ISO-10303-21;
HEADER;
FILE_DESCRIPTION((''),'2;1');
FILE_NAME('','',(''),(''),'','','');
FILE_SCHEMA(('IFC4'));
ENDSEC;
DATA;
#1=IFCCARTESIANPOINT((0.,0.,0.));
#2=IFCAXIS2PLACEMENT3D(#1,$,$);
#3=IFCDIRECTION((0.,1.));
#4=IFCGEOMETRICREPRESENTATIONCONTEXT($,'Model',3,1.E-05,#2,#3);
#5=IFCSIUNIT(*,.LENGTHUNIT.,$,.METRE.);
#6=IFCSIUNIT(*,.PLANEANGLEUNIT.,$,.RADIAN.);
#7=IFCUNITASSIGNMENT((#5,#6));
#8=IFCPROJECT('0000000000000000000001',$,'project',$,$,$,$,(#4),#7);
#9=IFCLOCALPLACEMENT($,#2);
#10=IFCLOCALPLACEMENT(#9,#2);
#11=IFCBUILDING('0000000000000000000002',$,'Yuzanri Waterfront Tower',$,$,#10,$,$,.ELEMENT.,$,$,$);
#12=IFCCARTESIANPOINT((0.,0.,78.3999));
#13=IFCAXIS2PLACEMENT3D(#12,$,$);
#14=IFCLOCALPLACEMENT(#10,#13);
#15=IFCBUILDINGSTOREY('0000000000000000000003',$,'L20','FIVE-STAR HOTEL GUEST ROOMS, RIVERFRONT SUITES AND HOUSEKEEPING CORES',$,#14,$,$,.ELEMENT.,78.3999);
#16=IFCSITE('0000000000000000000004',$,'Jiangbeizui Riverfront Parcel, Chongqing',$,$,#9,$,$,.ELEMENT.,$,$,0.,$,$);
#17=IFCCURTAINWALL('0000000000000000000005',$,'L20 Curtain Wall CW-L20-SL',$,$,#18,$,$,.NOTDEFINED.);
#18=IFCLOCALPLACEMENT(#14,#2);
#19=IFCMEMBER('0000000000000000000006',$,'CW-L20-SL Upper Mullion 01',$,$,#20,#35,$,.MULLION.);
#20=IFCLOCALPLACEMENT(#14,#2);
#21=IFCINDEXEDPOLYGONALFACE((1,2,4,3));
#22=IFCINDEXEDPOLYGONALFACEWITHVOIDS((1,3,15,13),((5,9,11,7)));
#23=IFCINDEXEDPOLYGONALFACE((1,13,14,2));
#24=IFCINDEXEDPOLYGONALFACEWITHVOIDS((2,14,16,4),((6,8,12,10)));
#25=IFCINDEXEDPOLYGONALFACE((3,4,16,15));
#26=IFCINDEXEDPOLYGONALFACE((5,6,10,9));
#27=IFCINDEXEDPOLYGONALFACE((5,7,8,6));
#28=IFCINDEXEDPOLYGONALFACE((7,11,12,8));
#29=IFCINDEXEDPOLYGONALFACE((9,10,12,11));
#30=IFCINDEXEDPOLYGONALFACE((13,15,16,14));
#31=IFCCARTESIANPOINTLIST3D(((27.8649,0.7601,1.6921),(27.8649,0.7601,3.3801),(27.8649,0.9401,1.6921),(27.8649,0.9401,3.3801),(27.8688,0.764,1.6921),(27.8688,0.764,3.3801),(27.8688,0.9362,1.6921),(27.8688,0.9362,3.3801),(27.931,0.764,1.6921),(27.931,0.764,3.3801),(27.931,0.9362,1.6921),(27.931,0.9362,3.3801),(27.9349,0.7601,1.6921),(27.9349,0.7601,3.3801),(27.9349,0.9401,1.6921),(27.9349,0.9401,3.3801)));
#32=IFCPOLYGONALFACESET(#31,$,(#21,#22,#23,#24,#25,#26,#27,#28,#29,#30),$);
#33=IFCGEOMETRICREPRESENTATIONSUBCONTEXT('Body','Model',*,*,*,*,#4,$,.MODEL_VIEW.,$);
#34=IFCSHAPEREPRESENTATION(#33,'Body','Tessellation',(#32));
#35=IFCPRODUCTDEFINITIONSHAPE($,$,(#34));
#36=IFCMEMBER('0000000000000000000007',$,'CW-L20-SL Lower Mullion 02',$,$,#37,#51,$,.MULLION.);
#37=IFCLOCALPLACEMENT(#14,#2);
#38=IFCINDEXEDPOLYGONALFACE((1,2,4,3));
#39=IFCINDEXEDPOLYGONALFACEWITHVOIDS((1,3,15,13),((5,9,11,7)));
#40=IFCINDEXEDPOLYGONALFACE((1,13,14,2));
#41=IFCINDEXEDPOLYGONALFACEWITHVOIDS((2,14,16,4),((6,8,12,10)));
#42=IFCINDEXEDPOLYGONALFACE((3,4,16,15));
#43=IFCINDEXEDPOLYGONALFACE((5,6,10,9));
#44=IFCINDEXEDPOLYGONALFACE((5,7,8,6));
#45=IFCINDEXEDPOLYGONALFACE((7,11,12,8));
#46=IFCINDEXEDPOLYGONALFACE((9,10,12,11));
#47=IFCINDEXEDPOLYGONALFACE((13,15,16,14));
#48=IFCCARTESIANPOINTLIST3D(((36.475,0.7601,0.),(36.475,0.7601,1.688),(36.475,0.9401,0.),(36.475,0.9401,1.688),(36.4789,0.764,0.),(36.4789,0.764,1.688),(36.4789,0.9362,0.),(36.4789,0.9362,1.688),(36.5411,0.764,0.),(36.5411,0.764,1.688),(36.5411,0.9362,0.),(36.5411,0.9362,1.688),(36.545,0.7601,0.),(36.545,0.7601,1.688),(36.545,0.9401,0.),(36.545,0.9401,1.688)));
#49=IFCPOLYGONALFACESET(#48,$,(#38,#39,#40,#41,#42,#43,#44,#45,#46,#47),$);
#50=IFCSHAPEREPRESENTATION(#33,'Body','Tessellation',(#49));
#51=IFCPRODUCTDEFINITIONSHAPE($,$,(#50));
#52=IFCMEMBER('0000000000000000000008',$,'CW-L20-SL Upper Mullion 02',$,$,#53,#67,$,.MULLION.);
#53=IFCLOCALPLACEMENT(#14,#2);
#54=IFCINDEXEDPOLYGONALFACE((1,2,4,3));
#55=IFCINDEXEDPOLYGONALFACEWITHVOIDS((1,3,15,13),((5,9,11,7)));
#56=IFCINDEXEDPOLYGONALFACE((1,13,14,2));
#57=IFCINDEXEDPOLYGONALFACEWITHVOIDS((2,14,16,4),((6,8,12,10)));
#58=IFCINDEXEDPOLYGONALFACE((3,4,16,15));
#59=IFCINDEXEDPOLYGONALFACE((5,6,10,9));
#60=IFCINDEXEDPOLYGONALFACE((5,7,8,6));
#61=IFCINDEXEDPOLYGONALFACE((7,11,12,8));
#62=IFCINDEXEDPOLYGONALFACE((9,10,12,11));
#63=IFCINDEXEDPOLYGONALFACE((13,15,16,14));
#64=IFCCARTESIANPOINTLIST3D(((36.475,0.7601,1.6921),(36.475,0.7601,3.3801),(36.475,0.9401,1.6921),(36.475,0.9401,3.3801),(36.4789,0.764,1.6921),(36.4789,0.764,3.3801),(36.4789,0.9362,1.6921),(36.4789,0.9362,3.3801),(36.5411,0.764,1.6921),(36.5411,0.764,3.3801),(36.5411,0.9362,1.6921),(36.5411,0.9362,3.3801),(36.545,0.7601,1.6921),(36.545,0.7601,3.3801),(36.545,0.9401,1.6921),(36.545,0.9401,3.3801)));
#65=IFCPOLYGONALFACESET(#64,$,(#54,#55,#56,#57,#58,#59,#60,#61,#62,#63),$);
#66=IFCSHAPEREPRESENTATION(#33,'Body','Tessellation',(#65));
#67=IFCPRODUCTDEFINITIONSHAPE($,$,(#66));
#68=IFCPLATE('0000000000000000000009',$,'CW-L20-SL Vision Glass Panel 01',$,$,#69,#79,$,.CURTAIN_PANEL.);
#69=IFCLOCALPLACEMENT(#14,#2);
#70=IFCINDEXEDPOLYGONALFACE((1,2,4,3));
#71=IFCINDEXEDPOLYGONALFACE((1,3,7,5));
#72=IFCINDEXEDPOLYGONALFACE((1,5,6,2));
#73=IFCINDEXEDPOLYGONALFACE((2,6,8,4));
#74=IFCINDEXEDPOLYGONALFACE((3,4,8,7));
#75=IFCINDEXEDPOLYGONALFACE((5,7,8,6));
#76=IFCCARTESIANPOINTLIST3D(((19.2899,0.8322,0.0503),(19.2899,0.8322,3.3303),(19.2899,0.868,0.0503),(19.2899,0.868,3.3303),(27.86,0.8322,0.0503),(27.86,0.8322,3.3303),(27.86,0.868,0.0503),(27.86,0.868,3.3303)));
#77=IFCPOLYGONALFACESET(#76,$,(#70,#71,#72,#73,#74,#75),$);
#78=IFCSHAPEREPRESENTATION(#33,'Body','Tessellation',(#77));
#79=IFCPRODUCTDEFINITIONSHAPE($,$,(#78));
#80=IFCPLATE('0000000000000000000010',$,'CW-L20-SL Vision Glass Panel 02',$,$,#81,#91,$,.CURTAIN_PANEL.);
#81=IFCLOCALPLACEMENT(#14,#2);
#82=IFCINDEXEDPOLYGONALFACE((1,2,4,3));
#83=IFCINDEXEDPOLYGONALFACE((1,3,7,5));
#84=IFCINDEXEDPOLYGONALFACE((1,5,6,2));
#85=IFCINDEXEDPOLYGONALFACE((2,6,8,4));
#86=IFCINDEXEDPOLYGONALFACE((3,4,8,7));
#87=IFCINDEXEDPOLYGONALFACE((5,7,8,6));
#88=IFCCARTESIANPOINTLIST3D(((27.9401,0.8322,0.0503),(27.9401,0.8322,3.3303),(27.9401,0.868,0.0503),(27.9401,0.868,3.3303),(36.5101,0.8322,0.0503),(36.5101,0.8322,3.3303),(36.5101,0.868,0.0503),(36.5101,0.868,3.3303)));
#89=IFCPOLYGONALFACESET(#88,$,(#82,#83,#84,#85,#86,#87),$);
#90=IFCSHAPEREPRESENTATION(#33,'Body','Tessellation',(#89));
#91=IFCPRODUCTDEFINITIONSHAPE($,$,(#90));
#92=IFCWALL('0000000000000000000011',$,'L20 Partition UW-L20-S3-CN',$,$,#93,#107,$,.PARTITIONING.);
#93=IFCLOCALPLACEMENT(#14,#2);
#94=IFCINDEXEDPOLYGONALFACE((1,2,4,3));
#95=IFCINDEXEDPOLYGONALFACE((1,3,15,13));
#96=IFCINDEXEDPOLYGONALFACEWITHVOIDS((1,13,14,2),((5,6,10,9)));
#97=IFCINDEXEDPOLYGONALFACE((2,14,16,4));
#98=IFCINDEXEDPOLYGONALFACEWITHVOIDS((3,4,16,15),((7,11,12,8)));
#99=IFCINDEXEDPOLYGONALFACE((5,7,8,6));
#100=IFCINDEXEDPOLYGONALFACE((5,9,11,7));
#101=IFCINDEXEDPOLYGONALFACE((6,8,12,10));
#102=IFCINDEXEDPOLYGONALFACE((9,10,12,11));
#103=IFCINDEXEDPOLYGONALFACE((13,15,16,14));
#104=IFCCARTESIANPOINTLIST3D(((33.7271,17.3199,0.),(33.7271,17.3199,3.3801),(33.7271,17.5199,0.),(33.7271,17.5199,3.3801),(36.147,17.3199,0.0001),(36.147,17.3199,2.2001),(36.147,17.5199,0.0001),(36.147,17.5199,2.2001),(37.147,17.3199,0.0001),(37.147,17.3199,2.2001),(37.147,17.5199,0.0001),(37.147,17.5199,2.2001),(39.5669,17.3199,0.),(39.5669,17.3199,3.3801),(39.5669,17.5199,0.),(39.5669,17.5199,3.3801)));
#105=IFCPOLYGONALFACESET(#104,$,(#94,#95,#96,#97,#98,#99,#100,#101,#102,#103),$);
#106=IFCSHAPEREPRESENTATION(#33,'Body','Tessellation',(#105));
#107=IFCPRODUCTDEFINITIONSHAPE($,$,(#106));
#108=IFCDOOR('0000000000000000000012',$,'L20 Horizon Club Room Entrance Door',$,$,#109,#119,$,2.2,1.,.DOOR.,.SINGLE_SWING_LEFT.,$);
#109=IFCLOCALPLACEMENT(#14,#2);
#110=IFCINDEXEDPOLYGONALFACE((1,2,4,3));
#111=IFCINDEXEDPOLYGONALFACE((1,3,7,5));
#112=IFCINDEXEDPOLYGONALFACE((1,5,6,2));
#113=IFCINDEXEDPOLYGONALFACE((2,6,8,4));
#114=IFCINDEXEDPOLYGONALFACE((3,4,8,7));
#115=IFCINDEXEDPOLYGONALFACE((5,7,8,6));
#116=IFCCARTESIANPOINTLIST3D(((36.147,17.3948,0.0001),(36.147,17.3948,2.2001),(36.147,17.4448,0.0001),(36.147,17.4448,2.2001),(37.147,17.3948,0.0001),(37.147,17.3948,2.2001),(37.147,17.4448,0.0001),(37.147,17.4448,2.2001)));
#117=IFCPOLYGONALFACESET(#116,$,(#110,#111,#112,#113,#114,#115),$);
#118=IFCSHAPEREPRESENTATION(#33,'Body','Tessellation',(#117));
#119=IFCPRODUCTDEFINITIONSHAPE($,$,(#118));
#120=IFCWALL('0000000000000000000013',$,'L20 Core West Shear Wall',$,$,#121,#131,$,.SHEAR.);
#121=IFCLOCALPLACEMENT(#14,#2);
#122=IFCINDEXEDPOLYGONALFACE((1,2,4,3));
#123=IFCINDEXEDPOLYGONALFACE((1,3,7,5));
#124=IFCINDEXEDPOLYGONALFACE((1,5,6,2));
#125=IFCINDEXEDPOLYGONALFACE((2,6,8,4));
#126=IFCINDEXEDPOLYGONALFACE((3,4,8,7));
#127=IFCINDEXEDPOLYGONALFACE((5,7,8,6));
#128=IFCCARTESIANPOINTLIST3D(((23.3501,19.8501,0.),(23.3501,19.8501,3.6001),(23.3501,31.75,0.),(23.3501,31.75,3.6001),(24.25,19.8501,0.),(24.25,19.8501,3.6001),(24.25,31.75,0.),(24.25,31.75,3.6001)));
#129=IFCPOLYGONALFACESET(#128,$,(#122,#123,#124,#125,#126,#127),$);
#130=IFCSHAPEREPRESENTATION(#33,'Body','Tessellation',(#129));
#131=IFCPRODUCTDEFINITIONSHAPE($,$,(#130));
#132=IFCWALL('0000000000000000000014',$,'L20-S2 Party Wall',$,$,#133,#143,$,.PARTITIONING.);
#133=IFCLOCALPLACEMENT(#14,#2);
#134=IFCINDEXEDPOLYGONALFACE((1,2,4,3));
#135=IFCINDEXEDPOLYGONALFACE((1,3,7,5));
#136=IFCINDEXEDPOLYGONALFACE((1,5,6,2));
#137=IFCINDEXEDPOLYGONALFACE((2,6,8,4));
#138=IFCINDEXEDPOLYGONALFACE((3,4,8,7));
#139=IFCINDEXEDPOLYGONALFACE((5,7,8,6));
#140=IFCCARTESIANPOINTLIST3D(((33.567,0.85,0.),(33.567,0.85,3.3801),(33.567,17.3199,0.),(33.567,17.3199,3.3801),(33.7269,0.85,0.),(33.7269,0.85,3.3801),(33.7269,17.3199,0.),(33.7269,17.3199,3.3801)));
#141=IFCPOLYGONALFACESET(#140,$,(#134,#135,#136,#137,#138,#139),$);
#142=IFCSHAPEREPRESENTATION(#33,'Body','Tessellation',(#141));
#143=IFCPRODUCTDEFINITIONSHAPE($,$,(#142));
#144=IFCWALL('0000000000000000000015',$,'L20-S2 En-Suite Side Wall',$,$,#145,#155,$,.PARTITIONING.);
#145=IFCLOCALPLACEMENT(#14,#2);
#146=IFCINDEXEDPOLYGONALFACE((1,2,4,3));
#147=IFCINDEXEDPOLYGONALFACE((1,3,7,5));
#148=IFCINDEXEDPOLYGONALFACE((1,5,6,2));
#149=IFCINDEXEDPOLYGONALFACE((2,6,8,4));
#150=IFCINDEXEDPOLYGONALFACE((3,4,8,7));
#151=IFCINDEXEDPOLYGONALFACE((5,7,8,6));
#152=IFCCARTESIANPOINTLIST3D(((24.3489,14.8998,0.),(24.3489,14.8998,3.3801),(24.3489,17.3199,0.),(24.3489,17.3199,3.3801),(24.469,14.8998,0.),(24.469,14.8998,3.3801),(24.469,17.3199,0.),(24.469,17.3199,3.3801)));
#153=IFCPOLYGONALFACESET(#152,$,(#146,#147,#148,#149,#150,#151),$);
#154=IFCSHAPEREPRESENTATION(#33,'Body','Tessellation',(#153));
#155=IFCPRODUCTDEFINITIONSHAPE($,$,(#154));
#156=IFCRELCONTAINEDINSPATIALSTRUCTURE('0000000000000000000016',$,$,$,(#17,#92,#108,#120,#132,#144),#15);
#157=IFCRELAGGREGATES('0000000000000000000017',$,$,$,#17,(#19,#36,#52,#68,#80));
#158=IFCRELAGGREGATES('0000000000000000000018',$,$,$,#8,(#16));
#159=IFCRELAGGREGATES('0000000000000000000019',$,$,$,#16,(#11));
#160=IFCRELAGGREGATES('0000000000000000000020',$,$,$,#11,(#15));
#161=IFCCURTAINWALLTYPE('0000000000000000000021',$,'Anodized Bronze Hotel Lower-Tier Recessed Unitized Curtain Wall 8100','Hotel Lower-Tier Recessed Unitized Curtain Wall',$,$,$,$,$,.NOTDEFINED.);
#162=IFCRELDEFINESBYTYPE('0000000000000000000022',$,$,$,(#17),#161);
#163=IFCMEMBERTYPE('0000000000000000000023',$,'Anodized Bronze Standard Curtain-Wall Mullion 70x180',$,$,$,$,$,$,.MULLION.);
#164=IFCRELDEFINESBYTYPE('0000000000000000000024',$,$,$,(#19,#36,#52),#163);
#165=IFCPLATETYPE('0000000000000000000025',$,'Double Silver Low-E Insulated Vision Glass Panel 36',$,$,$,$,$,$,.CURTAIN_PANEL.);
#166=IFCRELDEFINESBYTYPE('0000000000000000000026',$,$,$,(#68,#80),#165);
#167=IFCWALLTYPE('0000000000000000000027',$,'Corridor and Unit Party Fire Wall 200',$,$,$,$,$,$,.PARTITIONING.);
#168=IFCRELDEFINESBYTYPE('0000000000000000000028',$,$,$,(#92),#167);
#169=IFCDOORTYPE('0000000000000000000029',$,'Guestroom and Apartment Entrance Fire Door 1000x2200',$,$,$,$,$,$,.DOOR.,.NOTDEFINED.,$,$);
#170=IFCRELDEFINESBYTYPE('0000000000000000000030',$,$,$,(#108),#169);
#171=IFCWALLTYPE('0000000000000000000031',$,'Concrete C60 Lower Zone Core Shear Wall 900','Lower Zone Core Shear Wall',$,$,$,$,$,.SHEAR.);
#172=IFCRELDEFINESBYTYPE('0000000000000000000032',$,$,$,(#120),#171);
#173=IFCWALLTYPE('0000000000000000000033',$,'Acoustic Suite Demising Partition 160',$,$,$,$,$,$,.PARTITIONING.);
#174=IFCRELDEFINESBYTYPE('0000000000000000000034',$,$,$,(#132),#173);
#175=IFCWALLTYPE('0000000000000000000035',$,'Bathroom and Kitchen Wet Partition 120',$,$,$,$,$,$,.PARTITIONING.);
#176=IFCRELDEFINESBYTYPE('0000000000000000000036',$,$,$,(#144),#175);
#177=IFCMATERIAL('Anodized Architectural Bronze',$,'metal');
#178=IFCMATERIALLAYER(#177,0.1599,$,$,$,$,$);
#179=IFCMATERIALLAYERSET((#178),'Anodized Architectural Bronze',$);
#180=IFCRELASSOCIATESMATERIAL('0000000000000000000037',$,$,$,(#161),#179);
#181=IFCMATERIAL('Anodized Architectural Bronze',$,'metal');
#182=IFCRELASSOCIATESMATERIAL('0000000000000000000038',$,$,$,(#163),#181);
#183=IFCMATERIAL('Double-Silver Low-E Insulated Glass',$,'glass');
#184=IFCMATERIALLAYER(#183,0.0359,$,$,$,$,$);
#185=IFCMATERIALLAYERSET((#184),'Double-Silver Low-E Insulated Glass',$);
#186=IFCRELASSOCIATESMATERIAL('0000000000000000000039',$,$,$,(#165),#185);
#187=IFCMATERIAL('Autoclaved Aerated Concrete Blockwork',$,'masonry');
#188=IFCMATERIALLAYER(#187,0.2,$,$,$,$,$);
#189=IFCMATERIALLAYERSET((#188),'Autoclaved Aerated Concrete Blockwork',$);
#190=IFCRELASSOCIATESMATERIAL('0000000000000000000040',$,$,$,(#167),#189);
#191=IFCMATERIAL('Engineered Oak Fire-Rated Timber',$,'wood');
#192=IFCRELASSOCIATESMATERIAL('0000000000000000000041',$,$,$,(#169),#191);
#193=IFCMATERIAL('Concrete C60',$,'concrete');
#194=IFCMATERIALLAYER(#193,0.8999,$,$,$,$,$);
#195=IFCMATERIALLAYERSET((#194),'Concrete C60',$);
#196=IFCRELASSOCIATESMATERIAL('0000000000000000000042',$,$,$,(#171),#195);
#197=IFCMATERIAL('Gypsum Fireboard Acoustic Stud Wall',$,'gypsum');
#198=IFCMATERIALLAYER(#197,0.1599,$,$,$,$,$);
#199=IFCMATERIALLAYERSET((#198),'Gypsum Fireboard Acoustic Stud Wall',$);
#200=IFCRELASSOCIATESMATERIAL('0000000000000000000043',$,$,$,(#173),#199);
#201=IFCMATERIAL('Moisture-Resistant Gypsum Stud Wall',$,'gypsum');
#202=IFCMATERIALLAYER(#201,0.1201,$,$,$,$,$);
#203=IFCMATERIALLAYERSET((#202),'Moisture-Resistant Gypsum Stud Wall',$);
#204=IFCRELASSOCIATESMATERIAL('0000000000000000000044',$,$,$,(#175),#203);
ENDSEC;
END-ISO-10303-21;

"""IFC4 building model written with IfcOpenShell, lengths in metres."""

from ifc_helpers import new_model, si_unit, direction, frame, frame_2d, origin, origin_2d, place, context, subcontext, project, spatial, rectangle, hollow_rectangle, extrude, source, transform, mapped, material, layer, layer_set, material_profile, profile_set, type_object, element, fill, aggregate, save


model = new_model("IFC4")

# Units and contexts
model_context = context("Model", 3, precision=1e-05, world=origin(), true_north=direction((0.0, 1.0)))
body_context = subcontext(model_context, "Body", "Model", "MODEL_VIEW")
ifc_project = project(units=[si_unit("LENGTHUNIT", "METRE"), si_unit("PLANEANGLEUNIT", "RADIAN")], contexts=[model_context])

# Site, building, storey
site_placement = place(None, origin())
site = spatial("IfcSite", under=ifc_project, at=site_placement, Name="Jiangbeizui Riverfront Parcel, Chongqing", CompositionType="ELEMENT", RefElevation=0.0)
building_placement = place(site_placement, origin())
building = spatial("IfcBuilding", under=site, at=building_placement, Name="Yuzanri Waterfront Tower", CompositionType="ELEMENT")
storey_placement = place(building_placement, frame((0.0, 0.0, 78.3999)))
storey = spatial("IfcBuildingStorey", under=building, at=storey_placement, Name="L20", Description="FIVE-STAR HOTEL GUEST ROOMS, RIVERFRONT SUITES AND HOUSEKEEPING CORES", CompositionType="ELEMENT", Elevation=78.3999)

# Curtain wall, members, plates
ifc_material_1 = material(Name="Anodized Architectural Bronze", Category="metal")
ifc_layer_1 = layer(ifc_material_1, 0.1599)
ifc_layer_set_1 = layer_set([ifc_layer_1], Name="Anodized Architectural Bronze")
curtain_wall_type = type_object("IfcCurtainWallType", Name="Anodized Bronze Hotel Lower-Tier Recessed Unitized Curtain Wall 8100", Description="Hotel Lower-Tier Recessed Unitized Curtain Wall", PredefinedType="NOTDEFINED", material=ifc_layer_set_1)
curtain_wall_placement = place(storey_placement, origin())
curtain_wall = element("IfcCurtainWall", 1, at=curtain_wall_placement, inside=storey, type_object=curtain_wall_type, Name="L20 Curtain Wall CW-L20-SL", PredefinedType="NOTDEFINED")
ifc_material_2 = material(Name="Anodized Architectural Bronze", Category="metal")
ifc_material_profile_1 = material_profile(ifc_material_2, hollow_rectangle(XDim=0.0701, YDim=0.1799, WallThickness=0.0039, at=origin_2d()), Name="CWM 70x180")
ifc_profile_set_1 = profile_set([ifc_material_profile_1], Name="Anodized Architectural Bronze")
member_type = type_object("IfcMemberType", Name="Anodized Bronze Standard Curtain-Wall Mullion 70x180", PredefinedType="MULLION", material=ifc_profile_set_1)
shared_shape_1 = source(origin(), body_context, "Body", "SweptSolid", [
    extrude(hollow_rectangle(XDim=0.0701, YDim=0.1799, WallThickness=0.0039, at=origin_2d()), origin(), (0.0, 0.0, 1.0), 1.688),
])
member_1_placement = place(storey_placement, frame((27.8999, 0.8501, 1.6921), z_axis=(0.0, 0.0, 1.0), x_axis=(1.0, 0.0, 0.0)))
member_1 = element("IfcMember", 2, at=member_1_placement, type_object=member_type, Name="CW-L20-SL Upper Mullion 01", PredefinedType="MULLION", context=body_context, shape_type="MappedRepresentation", body=[
    mapped(shared_shape_1, transform((0.0, 0.0, 0.0), scale=1.0)),
])
member_2_placement = place(storey_placement, frame((36.51, 0.8501, 0.0), z_axis=(0.0, 0.0, 1.0), x_axis=(1.0, 0.0, 0.0)))
member_2 = element("IfcMember", 3, at=member_2_placement, type_object=member_type, Name="CW-L20-SL Lower Mullion 02", PredefinedType="MULLION", context=body_context, shape_type="MappedRepresentation", body=[
    mapped(shared_shape_1, transform((0.0, 0.0, 0.0), scale=1.0)),
])
member_3_placement = place(storey_placement, frame((36.51, 0.8501, 1.6921), z_axis=(0.0, 0.0, 1.0), x_axis=(1.0, 0.0, 0.0)))
member_3 = element("IfcMember", 4, at=member_3_placement, type_object=member_type, Name="CW-L20-SL Upper Mullion 02", PredefinedType="MULLION", context=body_context, shape_type="MappedRepresentation", body=[
    mapped(shared_shape_1, transform((0.0, 0.0, 0.0), scale=1.0)),
])
ifc_material_3 = material(Name="Double-Silver Low-E Insulated Glass", Category="glass")
ifc_layer_2 = layer(ifc_material_3, 0.0359)
ifc_layer_set_2 = layer_set([ifc_layer_2], Name="Double-Silver Low-E Insulated Glass")
plate_type = type_object("IfcPlateType", Name="Double Silver Low-E Insulated Vision Glass Panel 36", PredefinedType="CURTAIN_PANEL", material=ifc_layer_set_2)
shared_shape_2 = source(origin(), body_context, "Body", "SweptSolid", [
    extrude(rectangle(XDim=8.5701, YDim=0.0359, at=origin_2d()), origin(), (0.0, 0.0, 1.0), 3.28),
])
plate_1_placement = place(storey_placement, frame((23.575, 0.8501, 0.0503), z_axis=(0.0, 0.0, 1.0), x_axis=(1.0, 0.0, 0.0)))
plate_1 = element("IfcPlate", 5, at=plate_1_placement, type_object=plate_type, Name="CW-L20-SL Vision Glass Panel 01", PredefinedType="CURTAIN_PANEL", context=body_context, shape_type="MappedRepresentation", body=[
    mapped(shared_shape_2, transform((0.0, 0.0, 0.0), scale=1.0)),
])
plate_2_placement = place(storey_placement, frame((32.2251, 0.8501, 0.0503), z_axis=(0.0, 0.0, 1.0), x_axis=(1.0, 0.0, 0.0)))
plate_2 = element("IfcPlate", 6, at=plate_2_placement, type_object=plate_type, Name="CW-L20-SL Vision Glass Panel 02", PredefinedType="CURTAIN_PANEL", context=body_context, shape_type="MappedRepresentation", body=[
    mapped(shared_shape_2, transform((0.0, 0.0, 0.0), scale=1.0)),
])
aggregate(curtain_wall, [member_1, member_2, member_3, plate_1, plate_2])

# Wall, opening, door
ifc_material_4 = material(Name="Autoclaved Aerated Concrete Blockwork", Category="masonry")
ifc_layer_3 = layer(ifc_material_4, 0.2)
ifc_layer_set_3 = layer_set([ifc_layer_3], Name="Autoclaved Aerated Concrete Blockwork")
wall_type_1 = type_object("IfcWallType", Name="Corridor and Unit Party Fire Wall 200", PredefinedType="PARTITIONING", material=ifc_layer_set_3)
wall_1_placement = place(storey_placement, frame((33.7271, 17.4199, 0.0), z_axis=(0.0, 0.0, 1.0), x_axis=(1.0, 0.0, 0.0)))
wall_1 = element("IfcWall", 7, at=wall_1_placement, inside=storey, type_object=wall_type_1, Name="L20 Partition UW-L20-S3-CN", PredefinedType="PARTITIONING", context=body_context, shape_type="SweptSolid", body=[
    extrude(rectangle(XDim=5.8398, YDim=0.2, at=frame_2d((2.9199, 0.0))), origin(), (0.0, 0.0, 1.0), 3.3801),
])
opening_placement = place(wall_1_placement, frame((2.4199, 0.0, 0.0)))
opening = element("IfcOpeningElement", 8, at=opening_placement, cuts=wall_1, PredefinedType="OPENING", context=body_context, shape_type="SweptSolid", body=[
    extrude(rectangle(XDim=1.0, YDim=2.2, at=frame_2d((0.5, 1.1001))), frame((0.0, 0.1147, 0.0), z_axis=(0.0, -1.0, 0.0), x_axis=(1.0, 0.0, 0.0)), (0.0, 0.0, 1.0), 0.2297),
])
ifc_material_5 = material(Name="Engineered Oak Fire-Rated Timber", Category="wood")
door_type = type_object("IfcDoorType", Name="Guestroom and Apartment Entrance Fire Door 1000x2200", OperationType="NOTDEFINED", PredefinedType="DOOR", material=ifc_material_5)
shared_shape_3 = source(origin(), body_context, "Body", "SweptSolid", [
    extrude(rectangle(XDim=1.0, YDim=2.2, at=frame_2d((0.5, 1.1001))), frame((0.0, 0.0249, 0.0), z_axis=(0.0, -1.0, 0.0), x_axis=(1.0, 0.0, 0.0)), (0.0, 0.0, 1.0), 0.05),
])
door_placement = place(opening_placement, origin())
door = element("IfcDoor", 9, at=door_placement, inside=storey, type_object=door_type, Name="L20 Horizon Club Room Entrance Door", OperationType="SINGLE_SWING_LEFT", OverallHeight=2.2, OverallWidth=1.0, PredefinedType="DOOR", context=body_context, shape_type="MappedRepresentation", body=[
    mapped(shared_shape_3, transform((0.0, 0.0, 0.0), scale=1.0)),
])
fill(opening, door)

# Walls
ifc_material_6 = material(Name="Concrete C60", Category="concrete")
ifc_layer_4 = layer(ifc_material_6, 0.8999)
ifc_layer_set_4 = layer_set([ifc_layer_4], Name="Concrete C60")
wall_type_2 = type_object("IfcWallType", Name="Concrete C60 Lower Zone Core Shear Wall 900", Description="Lower Zone Core Shear Wall", PredefinedType="SHEAR", material=ifc_layer_set_4)
shared_shape_4 = source(origin(), body_context, "Body", "SweptSolid", [
    extrude(rectangle(XDim=11.8999, YDim=0.8999, at=frame_2d((5.95, 0.0))), origin(), (0.0, 0.0, 1.0), 3.6001),
])
wall_2_placement = place(storey_placement, frame((23.8, 19.8501, 0.0), z_axis=(0.0, 0.0, 1.0), x_axis=(0.0, 1.0, 0.0)))
element("IfcWall", 10, at=wall_2_placement, inside=storey, type_object=wall_type_2, Name="L20 Core West Shear Wall", PredefinedType="SHEAR", context=body_context, shape_type="MappedRepresentation", body=[
    mapped(shared_shape_4, transform((0.0, 0.0, 0.0), scale=1.0)),
])
ifc_material_7 = material(Name="Gypsum Fireboard Acoustic Stud Wall", Category="gypsum")
ifc_layer_5 = layer(ifc_material_7, 0.1599)
ifc_layer_set_5 = layer_set([ifc_layer_5], Name="Gypsum Fireboard Acoustic Stud Wall")
wall_type_3 = type_object("IfcWallType", Name="Acoustic Suite Demising Partition 160", PredefinedType="PARTITIONING", material=ifc_layer_set_5)
shared_shape_5 = source(origin(), body_context, "Body", "SweptSolid", [
    extrude(rectangle(XDim=16.47, YDim=0.1599, at=frame_2d((8.2349, 0.0))), origin(), (0.0, 0.0, 1.0), 3.3801),
])
wall_3_placement = place(storey_placement, frame((33.647, 0.8501, 0.0), z_axis=(0.0, 0.0, 1.0), x_axis=(0.0, 1.0, 0.0)))
element("IfcWall", 11, at=wall_3_placement, inside=storey, type_object=wall_type_3, Name="L20-S2 Party Wall", PredefinedType="PARTITIONING", context=body_context, shape_type="MappedRepresentation", body=[
    mapped(shared_shape_5, transform((0.0, 0.0, 0.0), scale=1.0)),
])
ifc_material_8 = material(Name="Moisture-Resistant Gypsum Stud Wall", Category="gypsum")
ifc_layer_6 = layer(ifc_material_8, 0.1201)
ifc_layer_set_6 = layer_set([ifc_layer_6], Name="Moisture-Resistant Gypsum Stud Wall")
wall_type_4 = type_object("IfcWallType", Name="Bathroom and Kitchen Wet Partition 120", PredefinedType="PARTITIONING", material=ifc_layer_set_6)
shared_shape_6 = source(origin(), body_context, "Body", "SweptSolid", [
    extrude(rectangle(XDim=2.4202, YDim=0.1201, at=frame_2d((1.21, 0.0))), origin(), (0.0, 0.0, 1.0), 3.3801),
])
wall_4_placement = place(storey_placement, frame((24.4089, 14.8999, 0.0), z_axis=(0.0, 0.0, 1.0), x_axis=(0.0, 1.0, 0.0)))
element("IfcWall", 12, at=wall_4_placement, inside=storey, type_object=wall_type_4, Name="L20-S2 En-Suite Side Wall", PredefinedType="PARTITIONING", context=body_context, shape_type="MappedRepresentation", body=[
    mapped(shared_shape_6, transform((0.0, 0.0, 0.0), scale=1.0)),
])

save(model, "model.ifc")
